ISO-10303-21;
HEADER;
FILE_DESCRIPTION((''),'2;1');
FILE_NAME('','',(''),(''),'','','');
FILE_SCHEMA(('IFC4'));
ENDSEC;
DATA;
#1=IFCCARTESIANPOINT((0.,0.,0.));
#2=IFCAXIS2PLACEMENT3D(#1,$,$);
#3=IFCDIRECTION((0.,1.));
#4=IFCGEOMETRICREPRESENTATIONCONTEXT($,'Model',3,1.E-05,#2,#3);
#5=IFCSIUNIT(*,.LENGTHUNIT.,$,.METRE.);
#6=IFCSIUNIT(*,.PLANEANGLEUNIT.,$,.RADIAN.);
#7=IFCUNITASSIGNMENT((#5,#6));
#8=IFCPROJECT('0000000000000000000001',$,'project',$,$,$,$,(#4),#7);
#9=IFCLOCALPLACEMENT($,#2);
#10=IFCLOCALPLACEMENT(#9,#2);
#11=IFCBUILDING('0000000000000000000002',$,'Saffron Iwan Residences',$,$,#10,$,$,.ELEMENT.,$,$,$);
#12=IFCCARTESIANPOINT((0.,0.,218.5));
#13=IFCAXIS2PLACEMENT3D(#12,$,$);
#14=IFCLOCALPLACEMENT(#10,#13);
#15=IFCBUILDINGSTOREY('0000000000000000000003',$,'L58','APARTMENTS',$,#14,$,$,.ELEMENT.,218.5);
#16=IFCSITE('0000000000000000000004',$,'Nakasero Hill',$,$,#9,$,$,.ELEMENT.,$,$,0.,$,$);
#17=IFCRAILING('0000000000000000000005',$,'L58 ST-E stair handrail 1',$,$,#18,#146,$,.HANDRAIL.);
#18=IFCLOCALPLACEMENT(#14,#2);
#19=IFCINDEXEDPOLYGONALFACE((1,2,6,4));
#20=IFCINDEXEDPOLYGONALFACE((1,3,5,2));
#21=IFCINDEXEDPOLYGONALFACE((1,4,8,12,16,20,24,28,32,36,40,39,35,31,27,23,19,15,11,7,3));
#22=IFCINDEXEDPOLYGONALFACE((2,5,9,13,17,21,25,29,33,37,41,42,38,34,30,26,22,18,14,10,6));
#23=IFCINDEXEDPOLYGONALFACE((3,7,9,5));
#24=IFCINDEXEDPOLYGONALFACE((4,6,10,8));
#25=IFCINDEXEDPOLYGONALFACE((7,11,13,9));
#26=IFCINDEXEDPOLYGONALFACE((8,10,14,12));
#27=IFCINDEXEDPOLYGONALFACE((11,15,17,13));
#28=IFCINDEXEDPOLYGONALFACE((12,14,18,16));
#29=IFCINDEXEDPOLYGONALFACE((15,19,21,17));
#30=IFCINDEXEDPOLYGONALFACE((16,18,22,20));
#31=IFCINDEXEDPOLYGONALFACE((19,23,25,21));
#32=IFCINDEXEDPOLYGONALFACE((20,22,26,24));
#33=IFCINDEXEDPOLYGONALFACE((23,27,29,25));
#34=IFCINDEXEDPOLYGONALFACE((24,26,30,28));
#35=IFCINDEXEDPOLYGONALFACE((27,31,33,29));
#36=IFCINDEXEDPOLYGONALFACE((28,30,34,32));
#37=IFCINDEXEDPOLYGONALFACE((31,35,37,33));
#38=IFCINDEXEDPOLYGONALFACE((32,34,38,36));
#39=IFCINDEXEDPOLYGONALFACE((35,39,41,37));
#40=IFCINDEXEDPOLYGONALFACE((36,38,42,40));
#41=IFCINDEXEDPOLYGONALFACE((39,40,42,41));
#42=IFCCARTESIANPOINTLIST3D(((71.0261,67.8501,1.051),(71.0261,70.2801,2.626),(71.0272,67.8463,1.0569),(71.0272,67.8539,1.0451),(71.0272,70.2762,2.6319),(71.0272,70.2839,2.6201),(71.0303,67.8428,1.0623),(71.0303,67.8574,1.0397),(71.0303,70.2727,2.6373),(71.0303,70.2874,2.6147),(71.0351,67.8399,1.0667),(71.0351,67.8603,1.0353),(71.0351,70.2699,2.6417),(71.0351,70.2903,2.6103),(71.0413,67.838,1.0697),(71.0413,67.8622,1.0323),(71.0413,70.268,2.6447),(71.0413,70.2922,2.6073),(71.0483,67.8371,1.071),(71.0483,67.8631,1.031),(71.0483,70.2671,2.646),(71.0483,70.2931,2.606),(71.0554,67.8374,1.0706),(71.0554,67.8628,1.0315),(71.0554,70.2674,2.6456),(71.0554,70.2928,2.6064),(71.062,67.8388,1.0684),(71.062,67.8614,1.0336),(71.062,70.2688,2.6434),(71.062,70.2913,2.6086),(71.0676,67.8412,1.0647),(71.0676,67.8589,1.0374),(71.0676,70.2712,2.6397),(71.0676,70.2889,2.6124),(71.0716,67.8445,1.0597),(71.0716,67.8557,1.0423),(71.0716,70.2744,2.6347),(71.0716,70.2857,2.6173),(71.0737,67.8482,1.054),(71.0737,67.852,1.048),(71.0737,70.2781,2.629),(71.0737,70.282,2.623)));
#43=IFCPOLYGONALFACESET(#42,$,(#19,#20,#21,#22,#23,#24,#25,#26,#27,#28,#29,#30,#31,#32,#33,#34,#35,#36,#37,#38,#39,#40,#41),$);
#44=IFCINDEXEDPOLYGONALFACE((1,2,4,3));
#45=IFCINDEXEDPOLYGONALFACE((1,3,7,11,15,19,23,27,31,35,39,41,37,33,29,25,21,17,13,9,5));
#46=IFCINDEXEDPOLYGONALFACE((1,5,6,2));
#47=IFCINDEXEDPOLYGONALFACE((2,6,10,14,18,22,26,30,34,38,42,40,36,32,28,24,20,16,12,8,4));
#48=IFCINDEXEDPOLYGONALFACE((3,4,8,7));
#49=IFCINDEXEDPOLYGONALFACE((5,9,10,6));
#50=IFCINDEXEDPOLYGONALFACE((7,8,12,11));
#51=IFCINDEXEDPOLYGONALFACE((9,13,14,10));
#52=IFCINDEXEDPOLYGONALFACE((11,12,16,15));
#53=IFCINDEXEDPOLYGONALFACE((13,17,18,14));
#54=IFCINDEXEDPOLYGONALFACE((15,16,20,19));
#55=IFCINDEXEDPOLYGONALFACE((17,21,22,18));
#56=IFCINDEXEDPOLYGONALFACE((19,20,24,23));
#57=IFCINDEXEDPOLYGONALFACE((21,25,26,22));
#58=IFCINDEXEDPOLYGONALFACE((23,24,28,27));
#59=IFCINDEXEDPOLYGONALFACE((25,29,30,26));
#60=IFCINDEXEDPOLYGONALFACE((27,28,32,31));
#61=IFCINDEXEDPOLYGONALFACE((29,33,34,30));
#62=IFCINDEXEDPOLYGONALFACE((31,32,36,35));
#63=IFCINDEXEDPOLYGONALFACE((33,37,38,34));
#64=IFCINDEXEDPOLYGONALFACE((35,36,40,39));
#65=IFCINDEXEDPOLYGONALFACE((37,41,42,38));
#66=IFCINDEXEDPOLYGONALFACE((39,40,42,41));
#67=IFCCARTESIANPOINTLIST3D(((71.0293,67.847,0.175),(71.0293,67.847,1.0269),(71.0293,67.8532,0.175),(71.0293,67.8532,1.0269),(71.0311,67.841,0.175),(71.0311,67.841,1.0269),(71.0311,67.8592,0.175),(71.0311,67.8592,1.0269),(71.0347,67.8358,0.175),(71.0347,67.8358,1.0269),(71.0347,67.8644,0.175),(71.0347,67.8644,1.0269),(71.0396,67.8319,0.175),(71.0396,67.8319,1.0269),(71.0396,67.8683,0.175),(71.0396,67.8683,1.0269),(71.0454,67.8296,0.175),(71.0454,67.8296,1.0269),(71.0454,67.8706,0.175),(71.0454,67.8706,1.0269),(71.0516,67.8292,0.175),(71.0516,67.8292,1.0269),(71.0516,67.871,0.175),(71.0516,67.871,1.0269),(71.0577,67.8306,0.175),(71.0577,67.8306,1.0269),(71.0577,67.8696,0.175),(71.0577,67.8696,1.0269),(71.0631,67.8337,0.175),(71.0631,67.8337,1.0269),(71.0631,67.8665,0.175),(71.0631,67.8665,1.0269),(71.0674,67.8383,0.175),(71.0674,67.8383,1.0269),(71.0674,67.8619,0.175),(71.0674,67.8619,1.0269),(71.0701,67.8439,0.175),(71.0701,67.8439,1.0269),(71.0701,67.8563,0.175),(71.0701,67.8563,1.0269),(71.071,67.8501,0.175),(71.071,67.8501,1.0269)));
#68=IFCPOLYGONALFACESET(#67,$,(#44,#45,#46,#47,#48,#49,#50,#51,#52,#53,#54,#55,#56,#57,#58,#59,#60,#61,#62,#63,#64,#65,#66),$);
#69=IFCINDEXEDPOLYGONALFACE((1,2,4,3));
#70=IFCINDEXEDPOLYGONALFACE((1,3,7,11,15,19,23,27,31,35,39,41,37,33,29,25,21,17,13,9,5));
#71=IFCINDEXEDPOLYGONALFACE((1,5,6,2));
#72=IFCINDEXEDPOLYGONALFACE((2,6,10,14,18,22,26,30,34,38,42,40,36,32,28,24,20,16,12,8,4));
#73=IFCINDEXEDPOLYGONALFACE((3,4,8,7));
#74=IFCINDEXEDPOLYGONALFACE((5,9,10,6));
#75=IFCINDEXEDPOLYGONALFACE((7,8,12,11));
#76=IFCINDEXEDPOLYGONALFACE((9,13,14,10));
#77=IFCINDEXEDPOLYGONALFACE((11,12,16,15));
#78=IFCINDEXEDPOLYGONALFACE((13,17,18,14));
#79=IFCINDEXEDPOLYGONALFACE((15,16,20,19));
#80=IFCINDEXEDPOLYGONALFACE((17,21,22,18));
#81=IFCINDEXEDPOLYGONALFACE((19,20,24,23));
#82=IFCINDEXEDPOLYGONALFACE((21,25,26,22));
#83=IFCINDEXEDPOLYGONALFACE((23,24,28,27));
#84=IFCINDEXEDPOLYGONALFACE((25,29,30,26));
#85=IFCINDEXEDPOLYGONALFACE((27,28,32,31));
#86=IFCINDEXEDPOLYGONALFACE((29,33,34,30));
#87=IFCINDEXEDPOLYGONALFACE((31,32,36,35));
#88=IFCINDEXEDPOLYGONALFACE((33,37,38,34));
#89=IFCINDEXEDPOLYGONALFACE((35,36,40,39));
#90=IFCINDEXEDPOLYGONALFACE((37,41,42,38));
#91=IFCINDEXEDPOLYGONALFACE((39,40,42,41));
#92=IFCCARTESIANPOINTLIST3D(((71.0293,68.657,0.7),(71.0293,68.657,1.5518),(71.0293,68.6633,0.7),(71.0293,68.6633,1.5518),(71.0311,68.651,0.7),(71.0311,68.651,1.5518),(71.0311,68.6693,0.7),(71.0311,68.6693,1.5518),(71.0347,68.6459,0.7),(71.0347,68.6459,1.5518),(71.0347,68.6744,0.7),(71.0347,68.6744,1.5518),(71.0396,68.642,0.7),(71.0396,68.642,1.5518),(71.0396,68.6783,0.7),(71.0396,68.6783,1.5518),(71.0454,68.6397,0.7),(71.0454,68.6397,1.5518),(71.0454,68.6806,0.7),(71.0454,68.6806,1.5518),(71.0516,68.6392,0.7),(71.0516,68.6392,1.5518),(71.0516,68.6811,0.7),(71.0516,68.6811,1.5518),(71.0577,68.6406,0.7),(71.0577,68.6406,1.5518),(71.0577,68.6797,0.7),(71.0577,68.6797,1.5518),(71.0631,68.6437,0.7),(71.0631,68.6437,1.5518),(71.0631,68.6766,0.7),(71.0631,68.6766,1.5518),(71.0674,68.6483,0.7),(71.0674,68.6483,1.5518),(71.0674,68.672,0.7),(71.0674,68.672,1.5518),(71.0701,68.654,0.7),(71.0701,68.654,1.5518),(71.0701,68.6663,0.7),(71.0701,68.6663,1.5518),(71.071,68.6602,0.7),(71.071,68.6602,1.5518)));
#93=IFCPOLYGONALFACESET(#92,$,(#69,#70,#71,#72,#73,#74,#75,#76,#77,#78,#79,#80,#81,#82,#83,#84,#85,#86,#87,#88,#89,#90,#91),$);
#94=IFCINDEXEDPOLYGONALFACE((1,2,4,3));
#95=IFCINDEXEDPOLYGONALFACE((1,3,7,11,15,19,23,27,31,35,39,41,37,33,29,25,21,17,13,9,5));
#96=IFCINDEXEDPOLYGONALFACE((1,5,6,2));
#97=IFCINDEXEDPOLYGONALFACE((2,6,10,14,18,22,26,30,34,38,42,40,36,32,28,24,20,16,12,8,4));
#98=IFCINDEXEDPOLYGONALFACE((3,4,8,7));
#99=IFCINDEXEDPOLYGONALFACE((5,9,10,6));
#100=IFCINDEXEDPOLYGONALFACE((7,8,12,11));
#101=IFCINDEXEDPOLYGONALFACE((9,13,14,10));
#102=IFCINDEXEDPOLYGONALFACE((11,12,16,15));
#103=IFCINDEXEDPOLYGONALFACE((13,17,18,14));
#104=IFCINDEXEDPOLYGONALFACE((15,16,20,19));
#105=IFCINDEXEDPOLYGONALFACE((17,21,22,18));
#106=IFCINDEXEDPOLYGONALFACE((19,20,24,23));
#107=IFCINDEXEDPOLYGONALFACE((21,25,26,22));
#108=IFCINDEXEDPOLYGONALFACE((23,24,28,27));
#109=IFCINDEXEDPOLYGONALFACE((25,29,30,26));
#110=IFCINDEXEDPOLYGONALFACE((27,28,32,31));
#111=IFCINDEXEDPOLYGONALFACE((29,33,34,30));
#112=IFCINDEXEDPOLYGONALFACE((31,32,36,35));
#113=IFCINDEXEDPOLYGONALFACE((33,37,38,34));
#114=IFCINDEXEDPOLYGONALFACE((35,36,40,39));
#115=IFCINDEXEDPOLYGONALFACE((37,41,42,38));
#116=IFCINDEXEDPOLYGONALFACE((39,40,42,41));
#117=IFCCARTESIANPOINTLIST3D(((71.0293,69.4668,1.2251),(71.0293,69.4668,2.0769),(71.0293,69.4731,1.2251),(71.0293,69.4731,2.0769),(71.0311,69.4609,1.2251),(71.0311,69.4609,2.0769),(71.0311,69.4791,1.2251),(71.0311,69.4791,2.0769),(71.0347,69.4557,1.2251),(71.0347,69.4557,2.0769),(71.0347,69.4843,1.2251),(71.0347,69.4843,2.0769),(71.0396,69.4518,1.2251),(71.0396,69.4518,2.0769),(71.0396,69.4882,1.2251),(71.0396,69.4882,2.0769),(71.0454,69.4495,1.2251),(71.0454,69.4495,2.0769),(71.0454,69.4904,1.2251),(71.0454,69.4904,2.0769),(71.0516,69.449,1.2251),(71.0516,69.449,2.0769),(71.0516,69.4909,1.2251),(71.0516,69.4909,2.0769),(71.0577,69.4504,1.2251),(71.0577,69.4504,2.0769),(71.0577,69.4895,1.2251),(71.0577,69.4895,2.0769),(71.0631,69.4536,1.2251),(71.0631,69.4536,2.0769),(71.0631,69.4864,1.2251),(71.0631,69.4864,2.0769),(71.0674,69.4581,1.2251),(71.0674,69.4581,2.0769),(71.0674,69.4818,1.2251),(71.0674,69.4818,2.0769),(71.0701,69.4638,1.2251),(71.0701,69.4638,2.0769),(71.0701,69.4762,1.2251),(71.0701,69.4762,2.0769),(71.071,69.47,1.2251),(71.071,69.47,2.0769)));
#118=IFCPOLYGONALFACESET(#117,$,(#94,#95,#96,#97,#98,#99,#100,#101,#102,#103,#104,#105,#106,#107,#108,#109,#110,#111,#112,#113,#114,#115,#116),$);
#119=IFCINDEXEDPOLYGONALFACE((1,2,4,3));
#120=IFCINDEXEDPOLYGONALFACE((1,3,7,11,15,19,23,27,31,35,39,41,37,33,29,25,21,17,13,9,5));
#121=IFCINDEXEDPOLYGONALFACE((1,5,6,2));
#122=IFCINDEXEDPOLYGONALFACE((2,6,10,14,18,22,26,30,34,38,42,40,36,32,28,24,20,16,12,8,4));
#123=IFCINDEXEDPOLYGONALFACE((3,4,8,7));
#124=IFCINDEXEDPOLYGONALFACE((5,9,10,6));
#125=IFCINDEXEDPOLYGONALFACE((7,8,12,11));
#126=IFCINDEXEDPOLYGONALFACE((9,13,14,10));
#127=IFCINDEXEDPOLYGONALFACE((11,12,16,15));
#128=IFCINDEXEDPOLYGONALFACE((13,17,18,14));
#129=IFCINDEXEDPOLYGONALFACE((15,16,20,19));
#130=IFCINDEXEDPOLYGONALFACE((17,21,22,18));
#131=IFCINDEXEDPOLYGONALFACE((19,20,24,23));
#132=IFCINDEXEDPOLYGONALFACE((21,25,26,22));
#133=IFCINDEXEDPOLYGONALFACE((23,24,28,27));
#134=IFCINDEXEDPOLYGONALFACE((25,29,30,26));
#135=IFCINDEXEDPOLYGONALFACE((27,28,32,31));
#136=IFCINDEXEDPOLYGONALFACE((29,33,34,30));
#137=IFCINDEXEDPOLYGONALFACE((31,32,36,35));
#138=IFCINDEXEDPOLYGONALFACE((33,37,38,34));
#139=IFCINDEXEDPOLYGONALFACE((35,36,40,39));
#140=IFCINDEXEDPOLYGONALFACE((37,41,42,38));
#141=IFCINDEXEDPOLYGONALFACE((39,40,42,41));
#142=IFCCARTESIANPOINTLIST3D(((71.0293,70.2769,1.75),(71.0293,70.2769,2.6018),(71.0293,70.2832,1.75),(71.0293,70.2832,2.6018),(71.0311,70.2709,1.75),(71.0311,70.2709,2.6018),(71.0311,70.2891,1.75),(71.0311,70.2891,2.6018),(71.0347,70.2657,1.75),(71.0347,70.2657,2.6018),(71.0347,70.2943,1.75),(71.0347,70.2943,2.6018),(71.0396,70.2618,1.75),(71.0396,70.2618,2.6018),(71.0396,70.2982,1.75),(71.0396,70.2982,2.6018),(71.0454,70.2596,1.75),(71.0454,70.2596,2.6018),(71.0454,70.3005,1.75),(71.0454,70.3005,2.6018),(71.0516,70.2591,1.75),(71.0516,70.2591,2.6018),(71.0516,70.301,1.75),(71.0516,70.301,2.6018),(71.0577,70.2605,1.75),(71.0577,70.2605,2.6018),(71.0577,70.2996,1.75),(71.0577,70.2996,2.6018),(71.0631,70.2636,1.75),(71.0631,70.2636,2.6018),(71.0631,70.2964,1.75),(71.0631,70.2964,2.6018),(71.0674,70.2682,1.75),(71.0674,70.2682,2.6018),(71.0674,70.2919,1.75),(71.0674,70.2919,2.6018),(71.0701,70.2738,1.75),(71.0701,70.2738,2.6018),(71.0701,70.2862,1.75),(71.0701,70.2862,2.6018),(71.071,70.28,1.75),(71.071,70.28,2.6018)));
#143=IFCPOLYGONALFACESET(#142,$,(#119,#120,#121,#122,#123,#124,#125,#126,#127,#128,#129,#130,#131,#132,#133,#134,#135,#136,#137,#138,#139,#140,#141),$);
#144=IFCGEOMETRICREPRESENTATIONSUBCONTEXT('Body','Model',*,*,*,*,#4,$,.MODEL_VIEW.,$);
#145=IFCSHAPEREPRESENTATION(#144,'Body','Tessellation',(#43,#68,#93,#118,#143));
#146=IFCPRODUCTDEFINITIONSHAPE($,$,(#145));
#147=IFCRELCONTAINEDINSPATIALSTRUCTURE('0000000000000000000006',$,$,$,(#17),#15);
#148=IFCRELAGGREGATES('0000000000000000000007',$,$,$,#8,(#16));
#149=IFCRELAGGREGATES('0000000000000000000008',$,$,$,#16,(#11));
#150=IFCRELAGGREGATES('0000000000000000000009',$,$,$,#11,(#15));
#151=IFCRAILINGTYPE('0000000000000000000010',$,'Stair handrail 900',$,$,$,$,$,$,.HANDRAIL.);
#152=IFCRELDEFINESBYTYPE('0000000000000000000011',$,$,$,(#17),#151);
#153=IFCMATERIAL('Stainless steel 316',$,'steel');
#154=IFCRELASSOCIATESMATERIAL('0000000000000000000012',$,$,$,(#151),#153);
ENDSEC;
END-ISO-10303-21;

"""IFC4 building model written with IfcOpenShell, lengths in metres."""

from ifc_helpers import new_model, si_unit, direction, frame, origin, origin_2d, place, context, subcontext, project, spatial, circle, extrude, material, type_object, element, save


model = new_model("IFC4")

# Units and contexts
model_context = context("Model", 3, precision=1e-05, world=origin(), true_north=direction((0.0, 1.0)))
body_context = subcontext(model_context, "Body", "Model", "MODEL_VIEW")
ifc_project = project(units=[si_unit("LENGTHUNIT", "METRE"), si_unit("PLANEANGLEUNIT", "RADIAN")], contexts=[model_context])

# Site, building, storey
site_placement = place(None, origin())
site = spatial("IfcSite", under=ifc_project, at=site_placement, Name="Nakasero Hill", CompositionType="ELEMENT", RefElevation=0.0)
building_placement = place(site_placement, origin())
building = spatial("IfcBuilding", under=site, at=building_placement, Name="Saffron Iwan Residences", CompositionType="ELEMENT")
storey_placement = place(building_placement, frame((0.0, 0.0, 218.5)))
storey = spatial("IfcBuildingStorey", under=building, at=storey_placement, Name="L58", Description="APARTMENTS", CompositionType="ELEMENT", Elevation=218.5)

# Railing
ifc_material_1 = material(Name="Stainless steel 316", Category="steel")
railing_type_1 = type_object("IfcRailingType", Name="Stair handrail 900", PredefinedType="HANDRAIL", material=ifc_material_1)
railing_1_placement = place(storey_placement, frame((71.05, 67.8501, 0.175)))
element("IfcRailing", 1, at=railing_1_placement, inside=storey, type_object=railing_type_1, Name="L58 ST-E stair handrail 1", PredefinedType="HANDRAIL", context=body_context, shape_type="SweptSolid", body=[
    extrude(circle(Radius=0.0239, at=origin_2d()), frame((0.0, 0.0, 0.876), z_axis=(0.0, 0.839154, 0.543894), x_axis=(-1.0, 0.0, 0.0)), (0.0, 0.0, 1.0), 2.8958),
    extrude(circle(Radius=0.021, at=origin_2d()), origin(), (0.0, 0.0, 1.0), 0.8518),
    extrude(circle(Radius=0.021, at=origin_2d()), frame((0.0, 0.8101, 0.5249)), (0.0, 0.0, 1.0), 0.8518),
    extrude(circle(Radius=0.021, at=origin_2d()), frame((0.0, 1.6199, 1.05)), (0.0, 0.0, 1.0), 0.8518),
    extrude(circle(Radius=0.021, at=origin_2d()), frame((0.0, 2.4299, 1.575)), (0.0, 0.0, 1.0), 0.8518),
])

save(model, "model.ifc")
